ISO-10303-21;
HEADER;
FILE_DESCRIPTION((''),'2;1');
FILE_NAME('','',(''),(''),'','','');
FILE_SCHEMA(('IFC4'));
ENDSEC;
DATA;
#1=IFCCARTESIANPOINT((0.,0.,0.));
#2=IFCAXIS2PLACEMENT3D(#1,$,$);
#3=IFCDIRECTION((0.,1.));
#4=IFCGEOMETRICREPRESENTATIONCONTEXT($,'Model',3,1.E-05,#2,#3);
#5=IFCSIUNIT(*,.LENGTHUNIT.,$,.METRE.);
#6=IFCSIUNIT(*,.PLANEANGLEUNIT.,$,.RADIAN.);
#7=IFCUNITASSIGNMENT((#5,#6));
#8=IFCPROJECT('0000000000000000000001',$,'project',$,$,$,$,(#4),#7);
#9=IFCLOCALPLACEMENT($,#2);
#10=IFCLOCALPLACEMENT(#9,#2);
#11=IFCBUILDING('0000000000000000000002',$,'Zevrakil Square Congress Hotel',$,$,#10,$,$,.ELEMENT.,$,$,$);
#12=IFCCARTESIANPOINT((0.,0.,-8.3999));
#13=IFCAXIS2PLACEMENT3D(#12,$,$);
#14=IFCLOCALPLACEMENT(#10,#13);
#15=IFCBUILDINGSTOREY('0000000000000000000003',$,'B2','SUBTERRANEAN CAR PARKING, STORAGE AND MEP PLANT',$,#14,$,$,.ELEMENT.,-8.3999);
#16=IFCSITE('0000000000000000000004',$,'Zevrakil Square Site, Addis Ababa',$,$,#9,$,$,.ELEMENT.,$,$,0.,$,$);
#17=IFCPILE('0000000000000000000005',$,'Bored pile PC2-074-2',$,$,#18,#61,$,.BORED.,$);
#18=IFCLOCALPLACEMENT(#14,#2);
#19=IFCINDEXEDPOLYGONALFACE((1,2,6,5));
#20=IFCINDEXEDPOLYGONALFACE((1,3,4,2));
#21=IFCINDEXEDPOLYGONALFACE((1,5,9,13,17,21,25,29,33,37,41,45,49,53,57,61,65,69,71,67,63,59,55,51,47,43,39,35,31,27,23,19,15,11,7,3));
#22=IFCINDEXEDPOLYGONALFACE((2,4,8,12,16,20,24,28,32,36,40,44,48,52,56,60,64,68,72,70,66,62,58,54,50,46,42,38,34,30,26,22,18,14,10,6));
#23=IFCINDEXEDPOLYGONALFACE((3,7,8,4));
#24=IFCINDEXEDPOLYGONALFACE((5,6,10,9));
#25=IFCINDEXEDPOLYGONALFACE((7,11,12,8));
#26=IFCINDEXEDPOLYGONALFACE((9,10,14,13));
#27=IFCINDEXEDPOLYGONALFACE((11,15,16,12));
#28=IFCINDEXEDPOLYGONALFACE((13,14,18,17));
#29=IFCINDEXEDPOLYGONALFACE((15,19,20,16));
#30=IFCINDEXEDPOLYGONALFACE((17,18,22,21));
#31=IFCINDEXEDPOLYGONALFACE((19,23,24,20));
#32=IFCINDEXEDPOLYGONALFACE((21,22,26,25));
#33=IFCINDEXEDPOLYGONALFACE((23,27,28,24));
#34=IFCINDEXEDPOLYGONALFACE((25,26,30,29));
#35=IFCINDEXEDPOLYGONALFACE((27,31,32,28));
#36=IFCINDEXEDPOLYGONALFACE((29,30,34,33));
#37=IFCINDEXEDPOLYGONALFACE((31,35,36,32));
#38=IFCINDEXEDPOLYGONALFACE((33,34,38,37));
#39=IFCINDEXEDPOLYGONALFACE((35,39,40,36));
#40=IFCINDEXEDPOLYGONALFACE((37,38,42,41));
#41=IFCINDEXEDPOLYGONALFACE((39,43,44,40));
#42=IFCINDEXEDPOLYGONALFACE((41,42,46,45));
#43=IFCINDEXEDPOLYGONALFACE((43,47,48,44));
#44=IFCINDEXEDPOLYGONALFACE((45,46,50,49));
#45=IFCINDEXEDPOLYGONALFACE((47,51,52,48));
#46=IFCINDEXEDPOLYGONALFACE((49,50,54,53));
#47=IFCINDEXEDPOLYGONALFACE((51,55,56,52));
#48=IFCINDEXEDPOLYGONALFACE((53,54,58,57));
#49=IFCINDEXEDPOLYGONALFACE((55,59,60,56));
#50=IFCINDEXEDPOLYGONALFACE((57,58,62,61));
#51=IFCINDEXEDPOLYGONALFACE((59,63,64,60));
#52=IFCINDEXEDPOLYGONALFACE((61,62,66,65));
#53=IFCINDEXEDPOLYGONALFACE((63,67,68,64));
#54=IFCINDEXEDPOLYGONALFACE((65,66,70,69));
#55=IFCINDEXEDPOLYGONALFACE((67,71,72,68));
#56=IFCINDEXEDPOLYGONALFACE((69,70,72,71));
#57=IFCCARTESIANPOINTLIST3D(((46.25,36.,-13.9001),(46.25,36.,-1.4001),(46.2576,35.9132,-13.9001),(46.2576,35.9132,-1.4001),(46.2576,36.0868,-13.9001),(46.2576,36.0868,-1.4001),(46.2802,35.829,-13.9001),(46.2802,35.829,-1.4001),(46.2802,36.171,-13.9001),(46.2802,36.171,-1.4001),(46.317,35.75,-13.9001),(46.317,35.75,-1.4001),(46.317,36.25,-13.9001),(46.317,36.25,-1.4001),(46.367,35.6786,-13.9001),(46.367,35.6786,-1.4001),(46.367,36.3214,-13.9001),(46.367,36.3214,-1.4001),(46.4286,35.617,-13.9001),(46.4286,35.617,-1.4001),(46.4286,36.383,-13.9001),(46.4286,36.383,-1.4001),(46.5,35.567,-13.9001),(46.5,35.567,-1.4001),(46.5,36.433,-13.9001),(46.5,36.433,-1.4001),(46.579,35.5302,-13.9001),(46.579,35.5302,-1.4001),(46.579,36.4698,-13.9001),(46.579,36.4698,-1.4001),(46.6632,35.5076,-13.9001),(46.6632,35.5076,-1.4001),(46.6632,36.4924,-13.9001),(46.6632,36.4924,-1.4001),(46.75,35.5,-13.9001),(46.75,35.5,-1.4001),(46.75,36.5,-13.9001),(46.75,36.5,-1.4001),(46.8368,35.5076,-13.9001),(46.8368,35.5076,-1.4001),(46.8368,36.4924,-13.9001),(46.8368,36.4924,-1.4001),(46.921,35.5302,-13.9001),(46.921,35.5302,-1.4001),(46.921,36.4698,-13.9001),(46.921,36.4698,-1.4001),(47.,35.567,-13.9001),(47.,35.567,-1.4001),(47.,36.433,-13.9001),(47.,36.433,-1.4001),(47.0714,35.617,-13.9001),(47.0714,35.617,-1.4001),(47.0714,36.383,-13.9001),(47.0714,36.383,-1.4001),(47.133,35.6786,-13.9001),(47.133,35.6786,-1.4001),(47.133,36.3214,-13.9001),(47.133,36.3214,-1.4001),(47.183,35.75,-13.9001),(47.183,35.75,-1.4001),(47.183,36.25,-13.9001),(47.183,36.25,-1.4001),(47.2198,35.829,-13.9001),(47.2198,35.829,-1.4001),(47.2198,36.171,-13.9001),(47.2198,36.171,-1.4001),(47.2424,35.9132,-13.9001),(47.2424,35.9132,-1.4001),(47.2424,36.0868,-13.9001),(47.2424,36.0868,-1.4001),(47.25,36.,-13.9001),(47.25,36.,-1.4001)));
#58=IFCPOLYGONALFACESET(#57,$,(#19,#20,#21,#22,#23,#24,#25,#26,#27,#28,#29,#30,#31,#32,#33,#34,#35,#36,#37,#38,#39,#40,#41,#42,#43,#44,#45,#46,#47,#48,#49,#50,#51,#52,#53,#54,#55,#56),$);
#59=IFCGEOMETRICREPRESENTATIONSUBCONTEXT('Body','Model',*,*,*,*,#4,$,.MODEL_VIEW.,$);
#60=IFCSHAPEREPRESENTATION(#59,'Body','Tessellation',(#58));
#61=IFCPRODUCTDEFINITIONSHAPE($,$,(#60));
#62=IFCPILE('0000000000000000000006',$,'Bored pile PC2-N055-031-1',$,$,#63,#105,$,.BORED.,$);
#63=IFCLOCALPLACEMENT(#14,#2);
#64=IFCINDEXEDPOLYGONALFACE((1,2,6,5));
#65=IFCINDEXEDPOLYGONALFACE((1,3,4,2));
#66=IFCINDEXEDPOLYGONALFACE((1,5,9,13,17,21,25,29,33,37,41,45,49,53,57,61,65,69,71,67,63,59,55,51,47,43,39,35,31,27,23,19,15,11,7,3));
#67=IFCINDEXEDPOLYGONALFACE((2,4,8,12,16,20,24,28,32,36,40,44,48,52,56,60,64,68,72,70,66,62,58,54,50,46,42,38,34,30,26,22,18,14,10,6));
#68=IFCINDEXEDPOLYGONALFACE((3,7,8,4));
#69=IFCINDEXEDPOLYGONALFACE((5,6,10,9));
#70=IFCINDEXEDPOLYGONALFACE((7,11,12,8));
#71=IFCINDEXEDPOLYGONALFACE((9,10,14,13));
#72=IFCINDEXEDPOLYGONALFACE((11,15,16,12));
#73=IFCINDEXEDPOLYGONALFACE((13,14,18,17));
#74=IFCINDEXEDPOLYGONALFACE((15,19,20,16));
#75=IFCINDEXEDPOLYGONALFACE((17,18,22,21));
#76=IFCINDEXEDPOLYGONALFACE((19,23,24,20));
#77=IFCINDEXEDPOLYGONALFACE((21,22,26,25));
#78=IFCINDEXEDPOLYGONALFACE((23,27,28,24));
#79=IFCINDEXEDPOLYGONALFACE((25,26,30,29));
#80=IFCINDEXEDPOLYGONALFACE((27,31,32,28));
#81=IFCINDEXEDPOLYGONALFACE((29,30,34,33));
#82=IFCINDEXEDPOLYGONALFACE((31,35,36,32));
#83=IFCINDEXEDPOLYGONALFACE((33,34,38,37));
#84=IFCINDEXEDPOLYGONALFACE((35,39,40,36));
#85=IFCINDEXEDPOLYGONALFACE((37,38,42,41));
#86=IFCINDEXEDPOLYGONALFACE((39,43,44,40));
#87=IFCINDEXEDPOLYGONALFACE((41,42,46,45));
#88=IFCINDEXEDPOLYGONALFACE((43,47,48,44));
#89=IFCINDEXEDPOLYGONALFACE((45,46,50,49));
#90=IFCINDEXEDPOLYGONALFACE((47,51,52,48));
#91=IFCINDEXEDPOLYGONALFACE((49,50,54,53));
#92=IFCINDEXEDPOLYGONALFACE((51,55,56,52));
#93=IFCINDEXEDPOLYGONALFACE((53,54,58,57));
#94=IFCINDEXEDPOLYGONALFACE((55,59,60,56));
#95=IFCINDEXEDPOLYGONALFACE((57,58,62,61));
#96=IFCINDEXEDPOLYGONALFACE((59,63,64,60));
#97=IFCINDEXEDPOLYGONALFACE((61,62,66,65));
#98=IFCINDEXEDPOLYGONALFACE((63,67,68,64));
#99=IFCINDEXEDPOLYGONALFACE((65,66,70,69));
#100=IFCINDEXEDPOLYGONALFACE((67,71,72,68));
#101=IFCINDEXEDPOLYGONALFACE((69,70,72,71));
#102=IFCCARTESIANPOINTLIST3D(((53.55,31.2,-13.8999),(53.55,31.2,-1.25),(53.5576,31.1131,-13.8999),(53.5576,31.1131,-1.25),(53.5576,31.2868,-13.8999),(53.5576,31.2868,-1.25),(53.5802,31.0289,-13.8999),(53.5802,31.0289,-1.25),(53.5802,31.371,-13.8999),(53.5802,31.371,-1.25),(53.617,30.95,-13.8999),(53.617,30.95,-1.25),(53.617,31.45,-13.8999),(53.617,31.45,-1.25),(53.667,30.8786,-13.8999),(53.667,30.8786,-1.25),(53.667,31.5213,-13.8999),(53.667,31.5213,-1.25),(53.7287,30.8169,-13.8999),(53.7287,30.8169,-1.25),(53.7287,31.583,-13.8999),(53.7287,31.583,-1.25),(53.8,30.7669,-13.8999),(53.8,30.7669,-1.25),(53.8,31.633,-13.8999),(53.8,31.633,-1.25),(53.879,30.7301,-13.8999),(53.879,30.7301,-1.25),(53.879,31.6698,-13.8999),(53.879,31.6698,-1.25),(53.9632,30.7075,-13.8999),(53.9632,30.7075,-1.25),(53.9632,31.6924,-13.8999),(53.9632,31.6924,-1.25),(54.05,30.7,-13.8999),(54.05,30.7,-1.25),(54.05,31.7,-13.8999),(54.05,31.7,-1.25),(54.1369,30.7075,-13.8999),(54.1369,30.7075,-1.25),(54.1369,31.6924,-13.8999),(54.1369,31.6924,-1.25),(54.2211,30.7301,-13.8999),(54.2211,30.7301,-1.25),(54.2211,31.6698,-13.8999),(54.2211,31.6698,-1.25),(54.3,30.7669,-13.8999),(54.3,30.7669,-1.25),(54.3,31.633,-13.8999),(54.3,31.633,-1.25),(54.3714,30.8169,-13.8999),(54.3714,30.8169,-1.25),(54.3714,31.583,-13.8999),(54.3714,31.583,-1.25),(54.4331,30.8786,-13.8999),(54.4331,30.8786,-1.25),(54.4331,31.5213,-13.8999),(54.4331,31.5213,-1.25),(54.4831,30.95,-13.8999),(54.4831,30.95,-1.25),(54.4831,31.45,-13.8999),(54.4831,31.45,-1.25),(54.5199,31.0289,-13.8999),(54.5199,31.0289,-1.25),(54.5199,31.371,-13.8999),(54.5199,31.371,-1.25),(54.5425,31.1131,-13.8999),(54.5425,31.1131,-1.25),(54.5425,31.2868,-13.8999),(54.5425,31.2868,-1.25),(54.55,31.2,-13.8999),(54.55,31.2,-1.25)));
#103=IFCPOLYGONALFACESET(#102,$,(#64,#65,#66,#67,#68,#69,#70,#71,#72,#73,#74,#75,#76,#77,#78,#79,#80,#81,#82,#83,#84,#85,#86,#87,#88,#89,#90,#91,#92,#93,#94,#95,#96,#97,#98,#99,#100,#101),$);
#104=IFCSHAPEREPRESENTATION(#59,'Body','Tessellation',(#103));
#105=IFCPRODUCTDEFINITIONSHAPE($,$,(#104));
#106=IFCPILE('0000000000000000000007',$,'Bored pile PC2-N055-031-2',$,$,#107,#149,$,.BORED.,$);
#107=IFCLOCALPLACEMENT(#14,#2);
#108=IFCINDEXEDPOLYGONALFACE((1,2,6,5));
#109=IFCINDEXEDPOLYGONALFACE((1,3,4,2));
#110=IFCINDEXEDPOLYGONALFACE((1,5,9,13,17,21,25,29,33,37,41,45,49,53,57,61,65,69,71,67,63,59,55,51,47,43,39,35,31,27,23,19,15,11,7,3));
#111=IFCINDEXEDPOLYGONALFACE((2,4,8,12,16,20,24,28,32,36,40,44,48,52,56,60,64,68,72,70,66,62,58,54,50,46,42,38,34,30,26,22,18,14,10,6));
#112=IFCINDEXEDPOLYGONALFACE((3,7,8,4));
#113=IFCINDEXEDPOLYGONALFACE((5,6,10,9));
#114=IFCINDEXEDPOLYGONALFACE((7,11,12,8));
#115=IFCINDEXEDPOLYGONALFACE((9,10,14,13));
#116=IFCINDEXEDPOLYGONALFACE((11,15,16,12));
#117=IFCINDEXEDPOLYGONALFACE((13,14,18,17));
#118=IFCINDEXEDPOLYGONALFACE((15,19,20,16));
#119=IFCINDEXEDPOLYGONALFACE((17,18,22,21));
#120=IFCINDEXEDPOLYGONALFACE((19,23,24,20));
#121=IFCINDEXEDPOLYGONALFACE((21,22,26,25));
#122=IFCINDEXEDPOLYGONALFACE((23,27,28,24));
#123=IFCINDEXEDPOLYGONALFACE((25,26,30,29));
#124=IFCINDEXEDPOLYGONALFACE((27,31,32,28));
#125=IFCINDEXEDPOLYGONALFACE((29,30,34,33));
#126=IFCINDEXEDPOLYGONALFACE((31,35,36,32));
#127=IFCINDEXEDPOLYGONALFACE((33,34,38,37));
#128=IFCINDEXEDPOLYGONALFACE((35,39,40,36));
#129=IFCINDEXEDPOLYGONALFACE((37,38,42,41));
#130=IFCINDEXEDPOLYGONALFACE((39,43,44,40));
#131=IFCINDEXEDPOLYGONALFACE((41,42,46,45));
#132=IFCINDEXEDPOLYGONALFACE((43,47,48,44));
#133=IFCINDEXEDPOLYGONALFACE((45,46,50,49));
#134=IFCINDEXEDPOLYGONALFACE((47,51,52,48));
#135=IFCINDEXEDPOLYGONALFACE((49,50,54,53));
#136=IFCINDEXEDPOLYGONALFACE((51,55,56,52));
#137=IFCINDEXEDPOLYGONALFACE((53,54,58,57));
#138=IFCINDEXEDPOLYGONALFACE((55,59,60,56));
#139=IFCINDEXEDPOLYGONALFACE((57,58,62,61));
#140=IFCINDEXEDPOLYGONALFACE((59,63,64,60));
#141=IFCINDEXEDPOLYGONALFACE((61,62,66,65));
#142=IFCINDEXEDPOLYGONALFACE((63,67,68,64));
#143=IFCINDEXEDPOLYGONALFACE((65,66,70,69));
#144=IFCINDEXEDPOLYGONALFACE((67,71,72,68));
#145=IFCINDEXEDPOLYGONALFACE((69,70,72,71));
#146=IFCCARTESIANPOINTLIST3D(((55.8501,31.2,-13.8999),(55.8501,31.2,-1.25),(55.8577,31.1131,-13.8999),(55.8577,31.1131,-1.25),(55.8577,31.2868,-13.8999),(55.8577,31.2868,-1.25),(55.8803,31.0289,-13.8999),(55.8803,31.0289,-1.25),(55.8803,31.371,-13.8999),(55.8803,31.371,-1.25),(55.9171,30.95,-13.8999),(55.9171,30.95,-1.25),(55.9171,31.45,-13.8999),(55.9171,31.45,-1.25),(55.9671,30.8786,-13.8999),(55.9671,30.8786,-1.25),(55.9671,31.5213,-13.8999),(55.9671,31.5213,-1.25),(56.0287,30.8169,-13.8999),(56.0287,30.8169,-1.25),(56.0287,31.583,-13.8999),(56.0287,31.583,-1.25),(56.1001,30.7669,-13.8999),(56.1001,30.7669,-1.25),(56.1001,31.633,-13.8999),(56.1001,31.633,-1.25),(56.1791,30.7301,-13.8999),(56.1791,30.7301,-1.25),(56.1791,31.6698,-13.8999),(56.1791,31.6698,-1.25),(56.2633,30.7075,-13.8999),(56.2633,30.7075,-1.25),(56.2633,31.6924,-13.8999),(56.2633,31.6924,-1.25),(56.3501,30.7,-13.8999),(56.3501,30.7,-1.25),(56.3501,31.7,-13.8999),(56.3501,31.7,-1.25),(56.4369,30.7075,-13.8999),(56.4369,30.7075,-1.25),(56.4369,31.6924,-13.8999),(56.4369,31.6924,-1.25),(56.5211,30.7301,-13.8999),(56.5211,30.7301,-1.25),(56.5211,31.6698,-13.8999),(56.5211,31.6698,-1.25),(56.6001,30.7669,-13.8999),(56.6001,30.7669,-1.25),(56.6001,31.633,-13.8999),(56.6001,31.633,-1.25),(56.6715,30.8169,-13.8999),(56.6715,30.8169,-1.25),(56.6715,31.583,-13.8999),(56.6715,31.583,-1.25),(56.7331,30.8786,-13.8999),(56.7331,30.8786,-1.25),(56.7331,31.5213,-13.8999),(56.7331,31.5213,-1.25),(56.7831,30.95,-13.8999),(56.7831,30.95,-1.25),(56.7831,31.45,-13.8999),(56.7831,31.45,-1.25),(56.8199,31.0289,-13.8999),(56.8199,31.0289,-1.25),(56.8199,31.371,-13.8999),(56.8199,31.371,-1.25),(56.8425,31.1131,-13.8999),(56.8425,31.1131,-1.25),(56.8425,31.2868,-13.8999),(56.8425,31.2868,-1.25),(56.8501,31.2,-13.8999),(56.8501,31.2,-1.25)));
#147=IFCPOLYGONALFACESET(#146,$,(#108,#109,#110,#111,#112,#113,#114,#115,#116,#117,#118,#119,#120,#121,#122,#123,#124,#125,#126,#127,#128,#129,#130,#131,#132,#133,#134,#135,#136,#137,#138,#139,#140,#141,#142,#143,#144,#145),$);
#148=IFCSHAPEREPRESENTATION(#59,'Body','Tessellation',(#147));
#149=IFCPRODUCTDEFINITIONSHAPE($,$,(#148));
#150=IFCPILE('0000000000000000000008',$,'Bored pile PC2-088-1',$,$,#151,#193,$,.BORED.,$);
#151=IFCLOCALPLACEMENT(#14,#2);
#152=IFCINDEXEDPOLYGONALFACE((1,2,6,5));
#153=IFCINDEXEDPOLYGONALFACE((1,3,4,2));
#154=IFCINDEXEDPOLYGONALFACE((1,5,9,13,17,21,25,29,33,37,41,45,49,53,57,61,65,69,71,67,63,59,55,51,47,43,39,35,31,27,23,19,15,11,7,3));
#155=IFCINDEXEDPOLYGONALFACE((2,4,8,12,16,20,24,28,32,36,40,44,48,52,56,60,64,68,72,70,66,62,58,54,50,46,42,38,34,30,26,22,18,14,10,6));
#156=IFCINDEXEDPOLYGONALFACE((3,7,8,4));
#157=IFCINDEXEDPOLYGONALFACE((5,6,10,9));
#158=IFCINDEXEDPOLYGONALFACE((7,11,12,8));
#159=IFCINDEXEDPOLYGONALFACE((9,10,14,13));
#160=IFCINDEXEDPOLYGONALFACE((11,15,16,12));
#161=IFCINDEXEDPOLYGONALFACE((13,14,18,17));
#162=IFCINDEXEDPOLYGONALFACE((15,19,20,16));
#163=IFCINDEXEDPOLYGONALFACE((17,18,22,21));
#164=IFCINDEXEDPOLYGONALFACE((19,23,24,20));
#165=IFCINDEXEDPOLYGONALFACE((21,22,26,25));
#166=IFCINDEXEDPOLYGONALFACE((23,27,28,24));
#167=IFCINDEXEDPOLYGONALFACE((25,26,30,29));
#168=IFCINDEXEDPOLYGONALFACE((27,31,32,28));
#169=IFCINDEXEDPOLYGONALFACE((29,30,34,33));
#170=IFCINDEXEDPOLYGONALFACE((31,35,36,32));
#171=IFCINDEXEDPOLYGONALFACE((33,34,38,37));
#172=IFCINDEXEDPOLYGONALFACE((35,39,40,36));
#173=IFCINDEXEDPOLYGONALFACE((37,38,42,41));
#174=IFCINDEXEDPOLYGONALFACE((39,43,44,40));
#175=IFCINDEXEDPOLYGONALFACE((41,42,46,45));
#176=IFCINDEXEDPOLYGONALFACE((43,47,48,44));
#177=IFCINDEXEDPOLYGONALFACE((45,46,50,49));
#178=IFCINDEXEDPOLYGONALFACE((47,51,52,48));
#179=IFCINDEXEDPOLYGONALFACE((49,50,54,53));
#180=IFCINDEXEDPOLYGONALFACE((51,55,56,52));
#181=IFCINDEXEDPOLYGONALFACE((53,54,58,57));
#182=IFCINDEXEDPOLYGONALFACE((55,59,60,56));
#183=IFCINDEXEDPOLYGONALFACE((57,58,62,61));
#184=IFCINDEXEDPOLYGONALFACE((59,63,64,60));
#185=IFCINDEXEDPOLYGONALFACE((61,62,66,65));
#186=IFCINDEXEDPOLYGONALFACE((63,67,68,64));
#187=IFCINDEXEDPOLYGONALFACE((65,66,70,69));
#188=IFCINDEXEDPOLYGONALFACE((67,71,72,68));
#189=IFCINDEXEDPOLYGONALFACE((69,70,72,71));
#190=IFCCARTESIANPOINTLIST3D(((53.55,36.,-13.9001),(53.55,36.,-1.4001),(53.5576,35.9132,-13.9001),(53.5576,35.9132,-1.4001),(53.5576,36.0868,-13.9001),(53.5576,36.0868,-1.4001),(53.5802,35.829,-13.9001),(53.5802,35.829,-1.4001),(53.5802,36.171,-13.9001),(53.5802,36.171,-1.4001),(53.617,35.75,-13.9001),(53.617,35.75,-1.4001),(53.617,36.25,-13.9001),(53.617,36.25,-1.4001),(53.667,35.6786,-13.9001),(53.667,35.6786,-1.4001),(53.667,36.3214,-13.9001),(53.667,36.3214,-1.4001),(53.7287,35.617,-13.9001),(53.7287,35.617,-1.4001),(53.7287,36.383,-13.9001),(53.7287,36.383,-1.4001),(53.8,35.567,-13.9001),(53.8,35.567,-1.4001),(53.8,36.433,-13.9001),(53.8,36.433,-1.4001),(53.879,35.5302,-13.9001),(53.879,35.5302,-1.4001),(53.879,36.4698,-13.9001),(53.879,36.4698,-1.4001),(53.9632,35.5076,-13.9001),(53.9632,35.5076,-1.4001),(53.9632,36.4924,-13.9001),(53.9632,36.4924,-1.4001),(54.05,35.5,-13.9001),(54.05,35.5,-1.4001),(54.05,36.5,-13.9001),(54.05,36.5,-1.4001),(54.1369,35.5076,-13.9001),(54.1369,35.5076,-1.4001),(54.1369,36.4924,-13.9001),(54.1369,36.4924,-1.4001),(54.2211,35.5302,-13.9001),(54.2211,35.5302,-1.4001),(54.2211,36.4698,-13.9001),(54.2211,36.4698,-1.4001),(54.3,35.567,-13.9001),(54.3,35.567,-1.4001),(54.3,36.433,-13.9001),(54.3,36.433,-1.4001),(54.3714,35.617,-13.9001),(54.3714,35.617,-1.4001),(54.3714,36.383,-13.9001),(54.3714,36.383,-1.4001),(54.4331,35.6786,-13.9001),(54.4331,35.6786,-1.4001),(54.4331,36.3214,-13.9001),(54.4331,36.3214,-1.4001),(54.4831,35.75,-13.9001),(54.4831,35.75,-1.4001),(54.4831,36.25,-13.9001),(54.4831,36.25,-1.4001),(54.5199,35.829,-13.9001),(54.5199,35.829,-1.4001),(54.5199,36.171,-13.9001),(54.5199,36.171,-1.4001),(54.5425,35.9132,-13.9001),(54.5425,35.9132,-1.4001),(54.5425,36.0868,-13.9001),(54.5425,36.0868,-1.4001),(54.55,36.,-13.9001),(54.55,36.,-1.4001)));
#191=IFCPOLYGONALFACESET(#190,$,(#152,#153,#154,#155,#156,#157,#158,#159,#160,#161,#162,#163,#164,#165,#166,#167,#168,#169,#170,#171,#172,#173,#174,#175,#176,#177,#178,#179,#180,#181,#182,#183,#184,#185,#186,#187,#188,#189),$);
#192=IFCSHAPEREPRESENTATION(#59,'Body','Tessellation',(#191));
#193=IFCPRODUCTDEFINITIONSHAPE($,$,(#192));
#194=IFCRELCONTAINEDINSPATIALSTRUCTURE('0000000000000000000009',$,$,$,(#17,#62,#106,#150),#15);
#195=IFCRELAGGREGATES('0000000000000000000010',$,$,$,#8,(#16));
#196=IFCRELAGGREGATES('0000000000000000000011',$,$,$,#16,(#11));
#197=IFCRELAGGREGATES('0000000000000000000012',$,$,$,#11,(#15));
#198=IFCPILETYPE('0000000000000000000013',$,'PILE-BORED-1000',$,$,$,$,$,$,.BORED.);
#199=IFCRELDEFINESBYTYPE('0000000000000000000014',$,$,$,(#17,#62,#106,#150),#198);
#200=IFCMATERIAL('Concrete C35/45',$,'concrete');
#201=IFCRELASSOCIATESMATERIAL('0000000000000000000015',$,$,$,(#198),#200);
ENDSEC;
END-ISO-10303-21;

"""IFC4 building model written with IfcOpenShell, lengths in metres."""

from ifc_helpers import new_model, si_unit, direction, frame, origin, origin_2d, place, context, subcontext, project, spatial, circle, extrude, material, material_profile, profile_set, type_object, element, save


model = new_model("IFC4")

# Units and contexts
model_context = context("Model", 3, precision=1e-05, world=origin(), true_north=direction((0.0, 1.0)))
body_context = subcontext(model_context, "Body", "Model", "MODEL_VIEW")
ifc_project = project(units=[si_unit("LENGTHUNIT", "METRE"), si_unit("PLANEANGLEUNIT", "RADIAN")], contexts=[model_context])

# Site, building, storey
site_placement = place(None, origin())
site = spatial("IfcSite", under=ifc_project, at=site_placement, Name="Zevrakil Square Site, Addis Ababa", CompositionType="ELEMENT", RefElevation=0.0)
building_placement = place(site_placement, origin())
building = spatial("IfcBuilding", under=site, at=building_placement, Name="Zevrakil Square Congress Hotel", CompositionType="ELEMENT")
storey_placement = place(building_placement, frame((0.0, 0.0, -8.3999)))
storey = spatial("IfcBuildingStorey", under=building, at=storey_placement, Name="B2", Description="SUBTERRANEAN CAR PARKING, STORAGE AND MEP PLANT", CompositionType="ELEMENT", Elevation=-8.3999)

# Piles
ifc_material_1 = material(Name="Concrete C35/45", Category="concrete")
ifc_material_profile_1 = material_profile(ifc_material_1, circle(Radius=0.5, at=origin_2d()), Name="PILE D1000")
ifc_profile_set_1 = profile_set([ifc_material_profile_1], Name="Concrete C35/45")
pile_type = type_object("IfcPileType", Name="PILE-BORED-1000", PredefinedType="BORED", material=ifc_profile_set_1)
pile_placement = place(storey_placement, frame((46.75, 36.0, -1.4001), z_axis=(0.0, 0.0, -1.0), x_axis=(1.0, 0.0, 0.0)))
element("IfcPile", 1, at=pile_placement, inside=storey, type_object=pile_type, Name="Bored pile PC2-074-2", PredefinedType="BORED", context=body_context, shape_type="SweptSolid", body=[
    extrude(circle(Radius=0.5, at=origin_2d()), origin(), (0.0, 0.0, 1.0), 12.5),
])
for number, where, z_axis, x_axis, name in (
    (2, (54.05, 31.2, -1.25), (0.0, 0.0, -1.0), (1.0, 0.0, 0.0), "Bored pile PC2-N055-031-1"),
    (3, (56.3501, 31.2, -1.25), (0.0, 0.0, -1.0), (1.0, 0.0, 0.0), "Bored pile PC2-N055-031-2"),
):
    element("IfcPile", number, at=place(storey_placement, frame(where, z_axis=z_axis, x_axis=x_axis)), inside=storey, type_object=pile_type, Name=name, PredefinedType="BORED", context=body_context, shape_type="SweptSolid", body=[
        extrude(circle(Radius=0.5, at=origin_2d()), origin(), (0.0, 0.0, 1.0), 12.6499),
    ])
for number, where, z_axis, x_axis, name in (
    (4, (54.05, 36.0, -1.4001), (0.0, 0.0, -1.0), (1.0, 0.0, 0.0), "Bored pile PC2-088-1"),
):
    element("IfcPile", number, at=place(storey_placement, frame(where, z_axis=z_axis, x_axis=x_axis)), inside=storey, type_object=pile_type, Name=name, PredefinedType="BORED", context=body_context, shape_type="SweptSolid", body=[
        extrude(circle(Radius=0.5, at=origin_2d()), origin(), (0.0, 0.0, 1.0), 12.5),
    ])

save(model, "model.ifc")
